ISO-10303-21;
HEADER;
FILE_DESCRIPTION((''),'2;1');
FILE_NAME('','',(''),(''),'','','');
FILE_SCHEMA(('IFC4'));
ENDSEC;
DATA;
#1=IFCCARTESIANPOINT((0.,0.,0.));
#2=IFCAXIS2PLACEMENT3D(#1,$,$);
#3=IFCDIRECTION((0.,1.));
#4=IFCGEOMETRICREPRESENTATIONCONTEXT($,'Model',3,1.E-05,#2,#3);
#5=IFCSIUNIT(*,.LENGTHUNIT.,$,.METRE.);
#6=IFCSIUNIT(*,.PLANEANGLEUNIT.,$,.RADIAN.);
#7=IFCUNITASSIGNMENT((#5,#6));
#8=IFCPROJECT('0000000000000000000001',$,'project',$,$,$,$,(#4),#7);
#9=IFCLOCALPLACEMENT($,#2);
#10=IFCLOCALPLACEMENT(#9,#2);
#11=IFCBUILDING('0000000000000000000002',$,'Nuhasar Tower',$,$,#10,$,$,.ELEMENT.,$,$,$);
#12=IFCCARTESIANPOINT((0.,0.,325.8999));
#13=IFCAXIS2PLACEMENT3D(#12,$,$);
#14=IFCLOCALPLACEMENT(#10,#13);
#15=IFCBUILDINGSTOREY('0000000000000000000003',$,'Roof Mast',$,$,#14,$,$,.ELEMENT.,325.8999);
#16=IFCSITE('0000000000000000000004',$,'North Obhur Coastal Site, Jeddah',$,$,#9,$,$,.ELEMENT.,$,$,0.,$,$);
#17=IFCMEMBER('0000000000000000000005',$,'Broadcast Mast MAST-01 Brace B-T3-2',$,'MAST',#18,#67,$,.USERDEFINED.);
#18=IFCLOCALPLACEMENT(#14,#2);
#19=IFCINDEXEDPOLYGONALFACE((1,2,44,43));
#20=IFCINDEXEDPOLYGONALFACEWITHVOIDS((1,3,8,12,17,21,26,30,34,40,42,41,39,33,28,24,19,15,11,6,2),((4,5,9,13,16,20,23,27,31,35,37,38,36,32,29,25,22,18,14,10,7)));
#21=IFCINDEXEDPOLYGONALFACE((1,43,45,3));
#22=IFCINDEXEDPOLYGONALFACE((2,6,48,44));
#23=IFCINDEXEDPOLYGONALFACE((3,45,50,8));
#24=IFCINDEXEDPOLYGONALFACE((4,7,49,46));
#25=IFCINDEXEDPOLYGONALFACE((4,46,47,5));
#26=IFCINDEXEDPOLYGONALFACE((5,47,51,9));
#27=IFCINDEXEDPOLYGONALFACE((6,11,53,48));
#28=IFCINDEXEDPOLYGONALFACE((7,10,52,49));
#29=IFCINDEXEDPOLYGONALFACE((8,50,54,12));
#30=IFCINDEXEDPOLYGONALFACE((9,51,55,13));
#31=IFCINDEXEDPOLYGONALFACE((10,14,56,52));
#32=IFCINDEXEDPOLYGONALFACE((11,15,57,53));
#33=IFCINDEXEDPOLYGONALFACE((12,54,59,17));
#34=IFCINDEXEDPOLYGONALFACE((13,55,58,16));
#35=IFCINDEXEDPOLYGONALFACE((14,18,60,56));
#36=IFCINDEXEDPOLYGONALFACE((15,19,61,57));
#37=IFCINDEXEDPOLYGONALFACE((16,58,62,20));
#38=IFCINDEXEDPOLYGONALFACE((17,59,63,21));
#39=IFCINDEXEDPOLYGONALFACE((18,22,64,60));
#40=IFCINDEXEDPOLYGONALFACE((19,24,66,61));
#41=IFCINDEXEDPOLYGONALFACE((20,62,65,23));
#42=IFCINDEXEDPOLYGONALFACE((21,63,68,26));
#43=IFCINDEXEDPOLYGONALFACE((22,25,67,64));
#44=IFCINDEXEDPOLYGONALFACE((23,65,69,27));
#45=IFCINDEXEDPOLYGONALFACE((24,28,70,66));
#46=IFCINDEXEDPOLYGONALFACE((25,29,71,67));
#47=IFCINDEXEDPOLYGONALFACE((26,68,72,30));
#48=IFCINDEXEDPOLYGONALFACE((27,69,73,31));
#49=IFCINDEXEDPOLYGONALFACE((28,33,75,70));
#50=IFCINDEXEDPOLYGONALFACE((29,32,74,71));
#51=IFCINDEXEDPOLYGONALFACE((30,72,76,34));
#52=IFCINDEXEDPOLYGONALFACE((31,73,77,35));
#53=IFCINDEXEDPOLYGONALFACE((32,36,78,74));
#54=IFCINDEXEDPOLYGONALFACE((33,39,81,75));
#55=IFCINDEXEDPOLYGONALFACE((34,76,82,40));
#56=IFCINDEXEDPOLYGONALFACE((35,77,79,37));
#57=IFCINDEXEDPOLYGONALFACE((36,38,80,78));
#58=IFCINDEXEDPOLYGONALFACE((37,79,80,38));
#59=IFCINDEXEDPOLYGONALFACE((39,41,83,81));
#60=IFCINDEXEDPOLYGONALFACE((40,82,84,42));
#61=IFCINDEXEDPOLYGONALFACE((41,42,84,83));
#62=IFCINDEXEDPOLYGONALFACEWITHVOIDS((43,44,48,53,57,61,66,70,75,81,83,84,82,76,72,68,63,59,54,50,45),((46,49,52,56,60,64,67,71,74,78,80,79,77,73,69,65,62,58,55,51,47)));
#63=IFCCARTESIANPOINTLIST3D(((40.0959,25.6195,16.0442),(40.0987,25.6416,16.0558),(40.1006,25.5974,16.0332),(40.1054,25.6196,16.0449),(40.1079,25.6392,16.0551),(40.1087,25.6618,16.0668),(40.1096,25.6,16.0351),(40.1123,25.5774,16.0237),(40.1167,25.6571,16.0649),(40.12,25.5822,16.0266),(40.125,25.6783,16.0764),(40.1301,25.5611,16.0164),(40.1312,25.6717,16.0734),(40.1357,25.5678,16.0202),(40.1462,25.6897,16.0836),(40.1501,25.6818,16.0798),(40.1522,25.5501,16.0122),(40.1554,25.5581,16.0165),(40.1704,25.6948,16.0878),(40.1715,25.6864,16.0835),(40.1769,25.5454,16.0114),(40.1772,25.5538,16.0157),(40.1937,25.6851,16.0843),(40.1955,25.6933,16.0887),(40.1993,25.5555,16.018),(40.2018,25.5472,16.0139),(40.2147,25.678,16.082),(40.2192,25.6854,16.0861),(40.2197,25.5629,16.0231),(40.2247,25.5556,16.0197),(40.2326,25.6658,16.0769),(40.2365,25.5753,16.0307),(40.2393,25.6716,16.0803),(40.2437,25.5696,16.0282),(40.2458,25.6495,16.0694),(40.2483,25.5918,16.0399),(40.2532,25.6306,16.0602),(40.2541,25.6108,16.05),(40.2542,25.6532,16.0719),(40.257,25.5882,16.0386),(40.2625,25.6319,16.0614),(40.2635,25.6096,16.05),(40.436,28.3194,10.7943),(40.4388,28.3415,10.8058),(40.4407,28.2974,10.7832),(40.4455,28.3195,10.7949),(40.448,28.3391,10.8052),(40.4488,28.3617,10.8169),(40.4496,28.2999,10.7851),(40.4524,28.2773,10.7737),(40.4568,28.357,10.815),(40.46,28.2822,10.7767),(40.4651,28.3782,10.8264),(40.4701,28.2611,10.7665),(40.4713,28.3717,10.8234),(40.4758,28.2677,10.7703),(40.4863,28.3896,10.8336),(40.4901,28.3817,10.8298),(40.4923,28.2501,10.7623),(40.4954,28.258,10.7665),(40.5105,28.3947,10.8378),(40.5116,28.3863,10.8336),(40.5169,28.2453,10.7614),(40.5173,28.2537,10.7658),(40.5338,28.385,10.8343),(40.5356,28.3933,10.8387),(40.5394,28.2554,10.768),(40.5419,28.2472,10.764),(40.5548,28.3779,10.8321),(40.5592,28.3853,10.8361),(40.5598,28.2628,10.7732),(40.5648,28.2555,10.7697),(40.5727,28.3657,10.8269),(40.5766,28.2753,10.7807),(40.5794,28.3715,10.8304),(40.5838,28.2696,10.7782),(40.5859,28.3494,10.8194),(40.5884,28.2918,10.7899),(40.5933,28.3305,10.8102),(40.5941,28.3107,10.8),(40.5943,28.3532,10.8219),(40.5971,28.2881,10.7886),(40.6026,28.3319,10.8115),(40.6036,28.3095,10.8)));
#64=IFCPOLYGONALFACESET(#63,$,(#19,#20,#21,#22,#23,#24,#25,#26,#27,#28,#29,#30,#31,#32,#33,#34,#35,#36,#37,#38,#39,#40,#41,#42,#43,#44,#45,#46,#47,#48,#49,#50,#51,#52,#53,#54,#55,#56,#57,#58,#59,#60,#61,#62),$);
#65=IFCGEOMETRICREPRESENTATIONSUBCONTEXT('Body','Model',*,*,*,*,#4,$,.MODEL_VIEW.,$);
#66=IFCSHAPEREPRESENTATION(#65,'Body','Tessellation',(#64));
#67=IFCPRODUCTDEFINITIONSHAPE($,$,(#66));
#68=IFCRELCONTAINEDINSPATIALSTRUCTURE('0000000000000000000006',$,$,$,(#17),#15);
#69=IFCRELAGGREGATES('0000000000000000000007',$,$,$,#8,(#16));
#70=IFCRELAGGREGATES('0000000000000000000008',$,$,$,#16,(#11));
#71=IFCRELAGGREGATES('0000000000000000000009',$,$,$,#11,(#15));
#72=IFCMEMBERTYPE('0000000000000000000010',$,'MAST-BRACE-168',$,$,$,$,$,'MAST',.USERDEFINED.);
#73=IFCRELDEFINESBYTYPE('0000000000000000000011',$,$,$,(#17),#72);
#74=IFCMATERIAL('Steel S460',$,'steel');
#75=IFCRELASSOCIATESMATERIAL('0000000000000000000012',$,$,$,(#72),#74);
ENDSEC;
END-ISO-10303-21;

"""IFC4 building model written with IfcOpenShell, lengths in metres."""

from ifc_helpers import new_model, si_unit, direction, frame, origin, origin_2d, place, context, subcontext, project, spatial, hollow_circle, extrude, material, material_profile, profile_set, type_object, element, save


model = new_model("IFC4")

# Units and contexts
model_context = context("Model", 3, precision=1e-05, world=origin(), true_north=direction((0.0, 1.0)))
body_context = subcontext(model_context, "Body", "Model", "MODEL_VIEW")
ifc_project = project(units=[si_unit("LENGTHUNIT", "METRE"), si_unit("PLANEANGLEUNIT", "RADIAN")], contexts=[model_context])

# Site, building, storey
site_placement = place(None, origin())
site = spatial("IfcSite", under=ifc_project, at=site_placement, Name="North Obhur Coastal Site, Jeddah", CompositionType="ELEMENT", RefElevation=0.0)
building_placement = place(site_placement, origin())
building = spatial("IfcBuilding", under=site, at=building_placement, Name="Nuhasar Tower", CompositionType="ELEMENT")
storey_placement = place(building_placement, frame((0.0, 0.0, 325.8999)))
storey = spatial("IfcBuildingStorey", under=building, at=storey_placement, Name="Roof Mast", CompositionType="ELEMENT", Elevation=325.8999)

# Shared definitions
ifc_material = material(Name="Steel S460", Category="steel")

# Member
ifc_material_profile_1 = material_profile(ifc_material, hollow_circle(Radius=0.0842, WallThickness=0.0095, at=origin_2d()), Name="HSS168.3X9.5")
ifc_profile_set_1 = profile_set([ifc_material_profile_1], Name="Steel S460")
member_type = type_object("IfcMemberType", Name="MAST-BRACE-168", ElementType="MAST", PredefinedType="USERDEFINED", material=ifc_profile_set_1)
for number, where, z_axis, x_axis, name in (
    (1, (40.52, 28.3201, 10.8), (-0.057512, -0.456584, 0.887819), (0.99216, -0.124973, 0.0), "Broadcast Mast MAST-01 Brace B-T3-2"),
):
    element("IfcMember", number, at=place(storey_placement, frame(where, z_axis=z_axis, x_axis=x_axis)), inside=storey, type_object=member_type, Name=name, ObjectType="MAST", PredefinedType="USERDEFINED", context=body_context, shape_type="SweptSolid", body=[
        extrude(hollow_circle(Radius=0.0842, WallThickness=0.0095, at=origin_2d()), origin(), (0.0, 0.0, 1.0), 5.9133),
    ])

save(model, "model.ifc")
